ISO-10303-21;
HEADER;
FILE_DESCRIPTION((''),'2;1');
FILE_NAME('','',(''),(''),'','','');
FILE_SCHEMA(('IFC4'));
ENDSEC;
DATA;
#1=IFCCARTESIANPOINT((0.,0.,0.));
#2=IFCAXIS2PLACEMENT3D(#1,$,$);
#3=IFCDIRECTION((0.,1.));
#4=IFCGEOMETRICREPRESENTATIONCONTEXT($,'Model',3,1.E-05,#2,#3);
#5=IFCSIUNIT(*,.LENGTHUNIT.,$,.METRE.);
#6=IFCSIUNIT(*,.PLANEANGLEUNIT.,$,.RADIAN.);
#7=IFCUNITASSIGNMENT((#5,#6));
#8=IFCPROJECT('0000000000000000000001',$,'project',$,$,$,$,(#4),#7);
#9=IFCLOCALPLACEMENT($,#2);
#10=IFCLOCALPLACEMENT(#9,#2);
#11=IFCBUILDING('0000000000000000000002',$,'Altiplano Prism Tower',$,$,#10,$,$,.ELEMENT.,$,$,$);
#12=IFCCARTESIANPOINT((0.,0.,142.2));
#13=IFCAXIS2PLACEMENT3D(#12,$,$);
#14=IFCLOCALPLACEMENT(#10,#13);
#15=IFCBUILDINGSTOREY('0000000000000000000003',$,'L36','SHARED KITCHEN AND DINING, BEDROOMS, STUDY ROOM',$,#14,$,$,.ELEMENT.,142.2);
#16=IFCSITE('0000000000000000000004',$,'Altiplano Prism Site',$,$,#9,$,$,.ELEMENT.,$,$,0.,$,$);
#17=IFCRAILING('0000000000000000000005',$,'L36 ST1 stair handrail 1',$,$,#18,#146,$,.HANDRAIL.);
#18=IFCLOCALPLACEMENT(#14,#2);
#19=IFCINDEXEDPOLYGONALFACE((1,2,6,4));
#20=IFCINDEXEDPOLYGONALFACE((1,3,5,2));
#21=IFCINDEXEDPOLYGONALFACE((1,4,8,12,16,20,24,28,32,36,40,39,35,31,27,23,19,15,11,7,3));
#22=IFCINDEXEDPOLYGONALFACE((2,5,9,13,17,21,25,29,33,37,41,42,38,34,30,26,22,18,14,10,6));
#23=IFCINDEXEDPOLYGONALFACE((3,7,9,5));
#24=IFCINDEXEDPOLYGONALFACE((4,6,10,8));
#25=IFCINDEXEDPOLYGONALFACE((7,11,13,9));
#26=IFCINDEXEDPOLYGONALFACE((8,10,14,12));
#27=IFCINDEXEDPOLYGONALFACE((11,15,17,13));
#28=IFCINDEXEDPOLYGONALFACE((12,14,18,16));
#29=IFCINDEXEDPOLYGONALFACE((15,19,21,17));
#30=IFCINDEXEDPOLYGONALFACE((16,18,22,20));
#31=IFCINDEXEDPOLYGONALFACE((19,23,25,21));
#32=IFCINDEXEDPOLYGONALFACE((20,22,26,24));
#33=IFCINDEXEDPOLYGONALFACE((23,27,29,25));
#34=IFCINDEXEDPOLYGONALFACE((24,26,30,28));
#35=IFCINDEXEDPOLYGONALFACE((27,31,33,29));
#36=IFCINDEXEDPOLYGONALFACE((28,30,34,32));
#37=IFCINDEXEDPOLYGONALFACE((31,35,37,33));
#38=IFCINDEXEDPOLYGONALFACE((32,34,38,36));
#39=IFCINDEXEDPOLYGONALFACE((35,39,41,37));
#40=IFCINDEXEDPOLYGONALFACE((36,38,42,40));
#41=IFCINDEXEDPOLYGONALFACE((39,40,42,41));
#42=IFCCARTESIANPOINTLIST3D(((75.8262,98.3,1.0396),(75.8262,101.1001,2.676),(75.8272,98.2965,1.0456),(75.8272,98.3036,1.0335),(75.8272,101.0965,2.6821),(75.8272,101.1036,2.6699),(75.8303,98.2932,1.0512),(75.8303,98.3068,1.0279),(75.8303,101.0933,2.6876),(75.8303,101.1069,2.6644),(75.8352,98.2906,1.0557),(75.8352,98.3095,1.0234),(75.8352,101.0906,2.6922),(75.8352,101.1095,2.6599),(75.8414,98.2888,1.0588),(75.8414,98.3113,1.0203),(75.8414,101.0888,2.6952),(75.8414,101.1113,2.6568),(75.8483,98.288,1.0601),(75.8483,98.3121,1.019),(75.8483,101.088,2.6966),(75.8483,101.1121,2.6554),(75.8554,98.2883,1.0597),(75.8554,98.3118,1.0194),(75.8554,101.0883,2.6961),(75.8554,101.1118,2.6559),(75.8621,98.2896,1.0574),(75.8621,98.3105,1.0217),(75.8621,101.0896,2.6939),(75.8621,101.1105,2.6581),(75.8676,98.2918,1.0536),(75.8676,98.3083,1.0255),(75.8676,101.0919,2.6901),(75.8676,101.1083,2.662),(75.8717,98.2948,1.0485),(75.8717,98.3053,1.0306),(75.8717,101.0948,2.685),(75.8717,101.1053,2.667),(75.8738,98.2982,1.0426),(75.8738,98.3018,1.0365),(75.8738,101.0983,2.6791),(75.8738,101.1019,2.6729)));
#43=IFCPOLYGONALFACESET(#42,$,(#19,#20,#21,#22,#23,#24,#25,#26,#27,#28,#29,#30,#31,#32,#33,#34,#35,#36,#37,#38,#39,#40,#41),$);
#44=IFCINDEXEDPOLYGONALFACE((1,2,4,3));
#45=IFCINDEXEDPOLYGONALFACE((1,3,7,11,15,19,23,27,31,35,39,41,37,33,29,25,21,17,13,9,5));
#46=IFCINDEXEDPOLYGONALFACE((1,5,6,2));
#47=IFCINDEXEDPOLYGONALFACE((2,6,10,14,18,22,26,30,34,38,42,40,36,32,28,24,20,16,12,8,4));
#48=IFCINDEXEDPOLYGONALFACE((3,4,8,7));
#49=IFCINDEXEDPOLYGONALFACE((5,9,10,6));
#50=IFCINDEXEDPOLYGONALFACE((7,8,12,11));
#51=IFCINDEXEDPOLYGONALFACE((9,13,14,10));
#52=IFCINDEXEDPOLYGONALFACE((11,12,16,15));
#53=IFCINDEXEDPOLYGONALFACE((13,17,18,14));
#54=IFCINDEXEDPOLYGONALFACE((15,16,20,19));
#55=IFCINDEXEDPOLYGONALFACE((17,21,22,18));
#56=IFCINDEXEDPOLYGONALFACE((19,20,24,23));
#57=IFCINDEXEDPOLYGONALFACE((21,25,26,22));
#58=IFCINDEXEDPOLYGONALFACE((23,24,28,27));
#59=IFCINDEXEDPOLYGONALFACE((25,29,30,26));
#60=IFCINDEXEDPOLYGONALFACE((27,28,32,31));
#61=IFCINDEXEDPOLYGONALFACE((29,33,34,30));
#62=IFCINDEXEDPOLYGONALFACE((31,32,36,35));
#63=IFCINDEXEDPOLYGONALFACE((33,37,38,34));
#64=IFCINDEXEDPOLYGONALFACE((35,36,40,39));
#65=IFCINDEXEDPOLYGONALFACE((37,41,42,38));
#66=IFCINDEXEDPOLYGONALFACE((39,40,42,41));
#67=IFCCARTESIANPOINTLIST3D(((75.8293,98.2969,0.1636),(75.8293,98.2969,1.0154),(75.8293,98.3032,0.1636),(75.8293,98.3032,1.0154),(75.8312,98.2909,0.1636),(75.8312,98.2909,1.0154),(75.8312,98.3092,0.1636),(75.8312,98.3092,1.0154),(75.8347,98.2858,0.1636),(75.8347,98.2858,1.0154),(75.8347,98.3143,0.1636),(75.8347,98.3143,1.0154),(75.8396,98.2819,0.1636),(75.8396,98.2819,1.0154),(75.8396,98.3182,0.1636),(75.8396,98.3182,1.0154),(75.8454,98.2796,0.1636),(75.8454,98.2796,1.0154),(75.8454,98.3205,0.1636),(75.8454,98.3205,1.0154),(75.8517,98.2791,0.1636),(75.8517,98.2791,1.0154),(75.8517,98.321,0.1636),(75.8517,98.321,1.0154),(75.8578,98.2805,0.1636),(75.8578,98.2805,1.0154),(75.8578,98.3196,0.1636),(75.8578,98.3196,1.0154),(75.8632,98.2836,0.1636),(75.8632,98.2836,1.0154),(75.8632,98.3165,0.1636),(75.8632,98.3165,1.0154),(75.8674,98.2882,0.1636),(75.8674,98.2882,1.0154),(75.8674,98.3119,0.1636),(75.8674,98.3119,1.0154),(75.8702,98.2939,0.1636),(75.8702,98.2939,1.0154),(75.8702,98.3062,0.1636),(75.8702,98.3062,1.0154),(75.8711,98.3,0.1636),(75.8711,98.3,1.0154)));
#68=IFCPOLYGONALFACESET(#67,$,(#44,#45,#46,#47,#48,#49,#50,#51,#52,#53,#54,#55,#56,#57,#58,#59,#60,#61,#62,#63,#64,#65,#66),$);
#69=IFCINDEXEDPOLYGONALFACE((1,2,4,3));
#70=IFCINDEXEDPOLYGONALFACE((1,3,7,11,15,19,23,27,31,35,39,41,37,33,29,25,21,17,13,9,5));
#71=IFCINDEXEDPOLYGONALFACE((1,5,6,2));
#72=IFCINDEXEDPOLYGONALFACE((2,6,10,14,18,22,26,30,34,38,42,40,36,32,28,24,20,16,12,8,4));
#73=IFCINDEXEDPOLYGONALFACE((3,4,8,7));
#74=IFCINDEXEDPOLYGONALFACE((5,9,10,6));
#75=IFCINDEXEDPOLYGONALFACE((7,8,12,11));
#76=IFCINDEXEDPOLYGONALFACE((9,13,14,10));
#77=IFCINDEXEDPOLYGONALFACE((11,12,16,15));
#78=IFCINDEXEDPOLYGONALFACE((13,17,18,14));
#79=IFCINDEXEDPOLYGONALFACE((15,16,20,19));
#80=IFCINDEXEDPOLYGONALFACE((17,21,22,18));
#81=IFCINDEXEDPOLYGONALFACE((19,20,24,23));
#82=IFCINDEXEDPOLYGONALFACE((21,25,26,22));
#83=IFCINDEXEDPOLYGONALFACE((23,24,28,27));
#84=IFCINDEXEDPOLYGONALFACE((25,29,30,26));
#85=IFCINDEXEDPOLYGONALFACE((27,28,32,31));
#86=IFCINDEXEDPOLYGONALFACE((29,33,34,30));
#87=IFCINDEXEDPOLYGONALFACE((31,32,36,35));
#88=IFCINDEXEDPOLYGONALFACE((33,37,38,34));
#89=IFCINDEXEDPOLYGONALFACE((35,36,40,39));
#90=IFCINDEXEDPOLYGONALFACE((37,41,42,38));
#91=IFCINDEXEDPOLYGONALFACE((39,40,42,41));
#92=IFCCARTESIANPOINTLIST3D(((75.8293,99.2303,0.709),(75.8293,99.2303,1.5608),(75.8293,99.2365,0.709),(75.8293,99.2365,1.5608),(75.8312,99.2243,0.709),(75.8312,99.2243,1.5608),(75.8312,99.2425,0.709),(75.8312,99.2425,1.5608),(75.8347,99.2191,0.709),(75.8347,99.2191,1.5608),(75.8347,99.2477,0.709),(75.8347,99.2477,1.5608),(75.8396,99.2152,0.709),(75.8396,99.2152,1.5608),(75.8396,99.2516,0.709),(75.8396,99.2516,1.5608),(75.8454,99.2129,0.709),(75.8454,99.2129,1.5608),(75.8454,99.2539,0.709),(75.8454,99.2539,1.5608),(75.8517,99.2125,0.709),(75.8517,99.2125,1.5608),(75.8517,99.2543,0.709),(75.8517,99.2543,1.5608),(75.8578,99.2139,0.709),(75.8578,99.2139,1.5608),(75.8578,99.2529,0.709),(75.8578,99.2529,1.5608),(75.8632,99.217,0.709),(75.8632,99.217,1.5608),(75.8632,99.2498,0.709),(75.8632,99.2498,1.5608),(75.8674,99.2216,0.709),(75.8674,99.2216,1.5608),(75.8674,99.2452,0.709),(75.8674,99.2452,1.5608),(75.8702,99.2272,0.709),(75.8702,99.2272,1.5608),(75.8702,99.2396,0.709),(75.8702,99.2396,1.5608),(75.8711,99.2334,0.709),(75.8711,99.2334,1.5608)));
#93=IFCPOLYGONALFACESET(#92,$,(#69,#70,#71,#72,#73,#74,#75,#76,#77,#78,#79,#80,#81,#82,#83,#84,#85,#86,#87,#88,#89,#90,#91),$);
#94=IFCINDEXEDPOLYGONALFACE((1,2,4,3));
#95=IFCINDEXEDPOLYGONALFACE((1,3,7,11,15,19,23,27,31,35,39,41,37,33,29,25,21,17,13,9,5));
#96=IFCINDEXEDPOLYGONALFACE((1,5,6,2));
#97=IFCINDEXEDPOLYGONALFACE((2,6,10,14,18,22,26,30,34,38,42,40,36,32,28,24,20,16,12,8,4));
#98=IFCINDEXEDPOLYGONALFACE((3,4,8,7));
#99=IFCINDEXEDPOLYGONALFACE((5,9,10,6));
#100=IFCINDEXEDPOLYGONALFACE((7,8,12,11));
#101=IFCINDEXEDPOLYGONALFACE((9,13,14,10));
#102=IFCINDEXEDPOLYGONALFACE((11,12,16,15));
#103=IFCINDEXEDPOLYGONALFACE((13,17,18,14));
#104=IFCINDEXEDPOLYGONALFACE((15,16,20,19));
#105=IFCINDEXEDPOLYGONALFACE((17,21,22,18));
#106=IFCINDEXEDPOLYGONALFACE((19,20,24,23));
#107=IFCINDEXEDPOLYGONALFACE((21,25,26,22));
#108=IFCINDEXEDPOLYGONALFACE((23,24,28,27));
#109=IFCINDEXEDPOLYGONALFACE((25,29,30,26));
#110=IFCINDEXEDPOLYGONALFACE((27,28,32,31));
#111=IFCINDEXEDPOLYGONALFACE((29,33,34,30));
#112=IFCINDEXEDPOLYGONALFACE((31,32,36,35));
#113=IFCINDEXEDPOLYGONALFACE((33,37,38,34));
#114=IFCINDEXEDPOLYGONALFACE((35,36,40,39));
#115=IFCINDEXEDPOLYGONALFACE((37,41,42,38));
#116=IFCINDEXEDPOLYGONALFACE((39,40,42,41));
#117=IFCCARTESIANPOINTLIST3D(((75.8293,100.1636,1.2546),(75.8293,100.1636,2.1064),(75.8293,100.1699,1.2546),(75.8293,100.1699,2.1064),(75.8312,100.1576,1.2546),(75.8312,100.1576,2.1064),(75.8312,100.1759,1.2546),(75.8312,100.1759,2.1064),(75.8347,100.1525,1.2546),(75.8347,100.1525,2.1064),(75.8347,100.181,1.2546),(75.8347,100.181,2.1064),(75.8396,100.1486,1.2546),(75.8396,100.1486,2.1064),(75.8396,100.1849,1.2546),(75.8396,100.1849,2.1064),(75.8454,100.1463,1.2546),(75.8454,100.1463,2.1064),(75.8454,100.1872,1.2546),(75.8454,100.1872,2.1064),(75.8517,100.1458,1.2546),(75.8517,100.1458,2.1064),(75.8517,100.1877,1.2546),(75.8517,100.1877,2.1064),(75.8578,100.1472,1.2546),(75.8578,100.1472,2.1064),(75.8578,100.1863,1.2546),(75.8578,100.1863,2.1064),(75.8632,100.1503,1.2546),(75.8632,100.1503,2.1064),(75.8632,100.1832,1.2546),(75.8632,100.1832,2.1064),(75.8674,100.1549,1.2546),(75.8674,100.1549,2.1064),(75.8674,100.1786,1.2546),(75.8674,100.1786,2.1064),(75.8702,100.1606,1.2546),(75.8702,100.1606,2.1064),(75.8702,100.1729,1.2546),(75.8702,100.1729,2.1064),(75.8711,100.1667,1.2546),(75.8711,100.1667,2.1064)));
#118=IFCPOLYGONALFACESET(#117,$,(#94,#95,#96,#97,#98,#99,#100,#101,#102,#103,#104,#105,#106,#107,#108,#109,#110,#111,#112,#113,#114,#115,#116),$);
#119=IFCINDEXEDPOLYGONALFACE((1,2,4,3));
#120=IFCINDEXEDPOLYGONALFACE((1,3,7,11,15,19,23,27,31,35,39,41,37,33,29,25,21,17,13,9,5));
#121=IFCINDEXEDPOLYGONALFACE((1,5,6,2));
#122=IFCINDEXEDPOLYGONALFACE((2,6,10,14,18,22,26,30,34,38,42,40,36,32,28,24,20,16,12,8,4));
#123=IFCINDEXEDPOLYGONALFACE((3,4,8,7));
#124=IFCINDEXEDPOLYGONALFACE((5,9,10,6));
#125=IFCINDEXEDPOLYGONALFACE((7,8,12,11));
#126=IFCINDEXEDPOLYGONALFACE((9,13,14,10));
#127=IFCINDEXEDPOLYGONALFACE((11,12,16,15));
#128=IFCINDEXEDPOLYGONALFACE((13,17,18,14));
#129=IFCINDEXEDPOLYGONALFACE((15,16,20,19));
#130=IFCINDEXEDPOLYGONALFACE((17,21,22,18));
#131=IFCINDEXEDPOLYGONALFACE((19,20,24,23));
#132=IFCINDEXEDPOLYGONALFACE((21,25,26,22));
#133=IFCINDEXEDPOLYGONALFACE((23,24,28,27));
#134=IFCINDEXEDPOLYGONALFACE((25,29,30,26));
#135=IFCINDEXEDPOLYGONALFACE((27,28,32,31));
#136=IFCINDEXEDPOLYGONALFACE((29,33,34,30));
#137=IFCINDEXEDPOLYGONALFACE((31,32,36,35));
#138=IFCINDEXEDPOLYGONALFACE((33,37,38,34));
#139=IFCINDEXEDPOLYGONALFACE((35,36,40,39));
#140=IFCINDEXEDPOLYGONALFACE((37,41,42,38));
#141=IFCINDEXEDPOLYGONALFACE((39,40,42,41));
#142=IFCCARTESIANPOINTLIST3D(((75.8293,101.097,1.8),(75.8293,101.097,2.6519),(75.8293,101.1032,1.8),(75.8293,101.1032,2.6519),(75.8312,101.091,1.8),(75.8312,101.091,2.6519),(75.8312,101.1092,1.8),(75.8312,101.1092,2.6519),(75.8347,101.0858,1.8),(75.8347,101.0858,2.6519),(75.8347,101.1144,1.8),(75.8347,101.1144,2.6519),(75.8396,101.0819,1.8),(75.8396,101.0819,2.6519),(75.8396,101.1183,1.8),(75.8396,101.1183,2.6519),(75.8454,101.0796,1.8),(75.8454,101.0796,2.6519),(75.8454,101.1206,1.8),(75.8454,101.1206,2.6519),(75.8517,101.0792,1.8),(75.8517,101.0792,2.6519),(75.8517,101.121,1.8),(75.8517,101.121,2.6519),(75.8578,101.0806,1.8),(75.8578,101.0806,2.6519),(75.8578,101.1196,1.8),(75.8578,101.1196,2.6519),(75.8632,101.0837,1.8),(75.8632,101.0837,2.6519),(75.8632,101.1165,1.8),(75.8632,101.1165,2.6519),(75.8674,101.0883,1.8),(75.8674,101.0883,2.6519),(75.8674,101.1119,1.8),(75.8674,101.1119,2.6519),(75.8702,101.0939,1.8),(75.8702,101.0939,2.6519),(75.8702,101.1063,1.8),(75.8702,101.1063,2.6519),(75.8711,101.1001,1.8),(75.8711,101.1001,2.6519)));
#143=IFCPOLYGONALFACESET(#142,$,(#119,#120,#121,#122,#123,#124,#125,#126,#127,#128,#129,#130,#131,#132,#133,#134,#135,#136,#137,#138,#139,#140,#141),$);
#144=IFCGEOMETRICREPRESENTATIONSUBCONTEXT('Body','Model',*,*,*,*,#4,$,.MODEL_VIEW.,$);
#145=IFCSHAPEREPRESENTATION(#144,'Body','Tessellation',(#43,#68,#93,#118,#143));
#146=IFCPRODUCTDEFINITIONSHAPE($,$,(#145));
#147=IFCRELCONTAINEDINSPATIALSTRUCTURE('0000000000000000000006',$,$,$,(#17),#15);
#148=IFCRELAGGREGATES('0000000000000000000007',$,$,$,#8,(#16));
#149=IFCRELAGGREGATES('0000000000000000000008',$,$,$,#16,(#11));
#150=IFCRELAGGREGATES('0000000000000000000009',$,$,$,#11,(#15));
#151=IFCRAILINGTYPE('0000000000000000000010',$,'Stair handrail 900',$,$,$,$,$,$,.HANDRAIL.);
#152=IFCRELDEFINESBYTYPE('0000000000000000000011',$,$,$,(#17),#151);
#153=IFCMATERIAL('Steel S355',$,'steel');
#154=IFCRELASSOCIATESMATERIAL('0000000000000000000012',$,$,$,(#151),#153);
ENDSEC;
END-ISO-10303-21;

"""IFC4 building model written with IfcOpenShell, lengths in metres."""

from ifc_helpers import new_model, si_unit, direction, frame, origin, origin_2d, place, context, subcontext, project, spatial, circle, extrude, material, type_object, element, save


model = new_model("IFC4")

# Units and contexts
model_context = context("Model", 3, precision=1e-05, world=origin(), true_north=direction((0.0, 1.0)))
body_context = subcontext(model_context, "Body", "Model", "MODEL_VIEW")
ifc_project = project(units=[si_unit("LENGTHUNIT", "METRE"), si_unit("PLANEANGLEUNIT", "RADIAN")], contexts=[model_context])

# Site, building, storey
site_placement = place(None, origin())
site = spatial("IfcSite", under=ifc_project, at=site_placement, Name="Altiplano Prism Site", CompositionType="ELEMENT", RefElevation=0.0)
building_placement = place(site_placement, origin())
building = spatial("IfcBuilding", under=site, at=building_placement, Name="Altiplano Prism Tower", CompositionType="ELEMENT")
storey_placement = place(building_placement, frame((0.0, 0.0, 142.2)))
storey = spatial("IfcBuildingStorey", under=building, at=storey_placement, Name="L36", Description="SHARED KITCHEN AND DINING, BEDROOMS, STUDY ROOM", CompositionType="ELEMENT", Elevation=142.2)

# Railing
ifc_material_1 = material(Name="Steel S355", Category="steel")
railing_type_1 = type_object("IfcRailingType", Name="Stair handrail 900", PredefinedType="HANDRAIL", material=ifc_material_1)
railing_1_placement = place(storey_placement, frame((75.8501, 98.3, 0.1636)))
element("IfcRailing", 1, at=railing_1_placement, inside=storey, type_object=railing_type_1, Name="L36 ST1 stair handrail 1", PredefinedType="HANDRAIL", context=body_context, shape_type="SweptSolid", body=[
    extrude(circle(Radius=0.0239, at=origin_2d()), frame((0.0, 0.0, 0.876), z_axis=(0.0, 0.863361, 0.504587), x_axis=(-1.0, 0.0, 0.0)), (0.0, 0.0, 1.0), 3.2432),
    extrude(circle(Radius=0.021, at=origin_2d()), origin(), (0.0, 0.0, 1.0), 0.8518),
    extrude(circle(Radius=0.021, at=origin_2d()), frame((0.0, 0.9333, 0.5454)), (0.0, 0.0, 1.0), 0.8518),
    extrude(circle(Radius=0.021, at=origin_2d()), frame((0.0, 1.8667, 1.0911)), (0.0, 0.0, 1.0), 0.8518),
    extrude(circle(Radius=0.021, at=origin_2d()), frame((0.0, 2.8, 1.6365)), (0.0, 0.0, 1.0), 0.8518),
])

save(model, "model.ifc")
